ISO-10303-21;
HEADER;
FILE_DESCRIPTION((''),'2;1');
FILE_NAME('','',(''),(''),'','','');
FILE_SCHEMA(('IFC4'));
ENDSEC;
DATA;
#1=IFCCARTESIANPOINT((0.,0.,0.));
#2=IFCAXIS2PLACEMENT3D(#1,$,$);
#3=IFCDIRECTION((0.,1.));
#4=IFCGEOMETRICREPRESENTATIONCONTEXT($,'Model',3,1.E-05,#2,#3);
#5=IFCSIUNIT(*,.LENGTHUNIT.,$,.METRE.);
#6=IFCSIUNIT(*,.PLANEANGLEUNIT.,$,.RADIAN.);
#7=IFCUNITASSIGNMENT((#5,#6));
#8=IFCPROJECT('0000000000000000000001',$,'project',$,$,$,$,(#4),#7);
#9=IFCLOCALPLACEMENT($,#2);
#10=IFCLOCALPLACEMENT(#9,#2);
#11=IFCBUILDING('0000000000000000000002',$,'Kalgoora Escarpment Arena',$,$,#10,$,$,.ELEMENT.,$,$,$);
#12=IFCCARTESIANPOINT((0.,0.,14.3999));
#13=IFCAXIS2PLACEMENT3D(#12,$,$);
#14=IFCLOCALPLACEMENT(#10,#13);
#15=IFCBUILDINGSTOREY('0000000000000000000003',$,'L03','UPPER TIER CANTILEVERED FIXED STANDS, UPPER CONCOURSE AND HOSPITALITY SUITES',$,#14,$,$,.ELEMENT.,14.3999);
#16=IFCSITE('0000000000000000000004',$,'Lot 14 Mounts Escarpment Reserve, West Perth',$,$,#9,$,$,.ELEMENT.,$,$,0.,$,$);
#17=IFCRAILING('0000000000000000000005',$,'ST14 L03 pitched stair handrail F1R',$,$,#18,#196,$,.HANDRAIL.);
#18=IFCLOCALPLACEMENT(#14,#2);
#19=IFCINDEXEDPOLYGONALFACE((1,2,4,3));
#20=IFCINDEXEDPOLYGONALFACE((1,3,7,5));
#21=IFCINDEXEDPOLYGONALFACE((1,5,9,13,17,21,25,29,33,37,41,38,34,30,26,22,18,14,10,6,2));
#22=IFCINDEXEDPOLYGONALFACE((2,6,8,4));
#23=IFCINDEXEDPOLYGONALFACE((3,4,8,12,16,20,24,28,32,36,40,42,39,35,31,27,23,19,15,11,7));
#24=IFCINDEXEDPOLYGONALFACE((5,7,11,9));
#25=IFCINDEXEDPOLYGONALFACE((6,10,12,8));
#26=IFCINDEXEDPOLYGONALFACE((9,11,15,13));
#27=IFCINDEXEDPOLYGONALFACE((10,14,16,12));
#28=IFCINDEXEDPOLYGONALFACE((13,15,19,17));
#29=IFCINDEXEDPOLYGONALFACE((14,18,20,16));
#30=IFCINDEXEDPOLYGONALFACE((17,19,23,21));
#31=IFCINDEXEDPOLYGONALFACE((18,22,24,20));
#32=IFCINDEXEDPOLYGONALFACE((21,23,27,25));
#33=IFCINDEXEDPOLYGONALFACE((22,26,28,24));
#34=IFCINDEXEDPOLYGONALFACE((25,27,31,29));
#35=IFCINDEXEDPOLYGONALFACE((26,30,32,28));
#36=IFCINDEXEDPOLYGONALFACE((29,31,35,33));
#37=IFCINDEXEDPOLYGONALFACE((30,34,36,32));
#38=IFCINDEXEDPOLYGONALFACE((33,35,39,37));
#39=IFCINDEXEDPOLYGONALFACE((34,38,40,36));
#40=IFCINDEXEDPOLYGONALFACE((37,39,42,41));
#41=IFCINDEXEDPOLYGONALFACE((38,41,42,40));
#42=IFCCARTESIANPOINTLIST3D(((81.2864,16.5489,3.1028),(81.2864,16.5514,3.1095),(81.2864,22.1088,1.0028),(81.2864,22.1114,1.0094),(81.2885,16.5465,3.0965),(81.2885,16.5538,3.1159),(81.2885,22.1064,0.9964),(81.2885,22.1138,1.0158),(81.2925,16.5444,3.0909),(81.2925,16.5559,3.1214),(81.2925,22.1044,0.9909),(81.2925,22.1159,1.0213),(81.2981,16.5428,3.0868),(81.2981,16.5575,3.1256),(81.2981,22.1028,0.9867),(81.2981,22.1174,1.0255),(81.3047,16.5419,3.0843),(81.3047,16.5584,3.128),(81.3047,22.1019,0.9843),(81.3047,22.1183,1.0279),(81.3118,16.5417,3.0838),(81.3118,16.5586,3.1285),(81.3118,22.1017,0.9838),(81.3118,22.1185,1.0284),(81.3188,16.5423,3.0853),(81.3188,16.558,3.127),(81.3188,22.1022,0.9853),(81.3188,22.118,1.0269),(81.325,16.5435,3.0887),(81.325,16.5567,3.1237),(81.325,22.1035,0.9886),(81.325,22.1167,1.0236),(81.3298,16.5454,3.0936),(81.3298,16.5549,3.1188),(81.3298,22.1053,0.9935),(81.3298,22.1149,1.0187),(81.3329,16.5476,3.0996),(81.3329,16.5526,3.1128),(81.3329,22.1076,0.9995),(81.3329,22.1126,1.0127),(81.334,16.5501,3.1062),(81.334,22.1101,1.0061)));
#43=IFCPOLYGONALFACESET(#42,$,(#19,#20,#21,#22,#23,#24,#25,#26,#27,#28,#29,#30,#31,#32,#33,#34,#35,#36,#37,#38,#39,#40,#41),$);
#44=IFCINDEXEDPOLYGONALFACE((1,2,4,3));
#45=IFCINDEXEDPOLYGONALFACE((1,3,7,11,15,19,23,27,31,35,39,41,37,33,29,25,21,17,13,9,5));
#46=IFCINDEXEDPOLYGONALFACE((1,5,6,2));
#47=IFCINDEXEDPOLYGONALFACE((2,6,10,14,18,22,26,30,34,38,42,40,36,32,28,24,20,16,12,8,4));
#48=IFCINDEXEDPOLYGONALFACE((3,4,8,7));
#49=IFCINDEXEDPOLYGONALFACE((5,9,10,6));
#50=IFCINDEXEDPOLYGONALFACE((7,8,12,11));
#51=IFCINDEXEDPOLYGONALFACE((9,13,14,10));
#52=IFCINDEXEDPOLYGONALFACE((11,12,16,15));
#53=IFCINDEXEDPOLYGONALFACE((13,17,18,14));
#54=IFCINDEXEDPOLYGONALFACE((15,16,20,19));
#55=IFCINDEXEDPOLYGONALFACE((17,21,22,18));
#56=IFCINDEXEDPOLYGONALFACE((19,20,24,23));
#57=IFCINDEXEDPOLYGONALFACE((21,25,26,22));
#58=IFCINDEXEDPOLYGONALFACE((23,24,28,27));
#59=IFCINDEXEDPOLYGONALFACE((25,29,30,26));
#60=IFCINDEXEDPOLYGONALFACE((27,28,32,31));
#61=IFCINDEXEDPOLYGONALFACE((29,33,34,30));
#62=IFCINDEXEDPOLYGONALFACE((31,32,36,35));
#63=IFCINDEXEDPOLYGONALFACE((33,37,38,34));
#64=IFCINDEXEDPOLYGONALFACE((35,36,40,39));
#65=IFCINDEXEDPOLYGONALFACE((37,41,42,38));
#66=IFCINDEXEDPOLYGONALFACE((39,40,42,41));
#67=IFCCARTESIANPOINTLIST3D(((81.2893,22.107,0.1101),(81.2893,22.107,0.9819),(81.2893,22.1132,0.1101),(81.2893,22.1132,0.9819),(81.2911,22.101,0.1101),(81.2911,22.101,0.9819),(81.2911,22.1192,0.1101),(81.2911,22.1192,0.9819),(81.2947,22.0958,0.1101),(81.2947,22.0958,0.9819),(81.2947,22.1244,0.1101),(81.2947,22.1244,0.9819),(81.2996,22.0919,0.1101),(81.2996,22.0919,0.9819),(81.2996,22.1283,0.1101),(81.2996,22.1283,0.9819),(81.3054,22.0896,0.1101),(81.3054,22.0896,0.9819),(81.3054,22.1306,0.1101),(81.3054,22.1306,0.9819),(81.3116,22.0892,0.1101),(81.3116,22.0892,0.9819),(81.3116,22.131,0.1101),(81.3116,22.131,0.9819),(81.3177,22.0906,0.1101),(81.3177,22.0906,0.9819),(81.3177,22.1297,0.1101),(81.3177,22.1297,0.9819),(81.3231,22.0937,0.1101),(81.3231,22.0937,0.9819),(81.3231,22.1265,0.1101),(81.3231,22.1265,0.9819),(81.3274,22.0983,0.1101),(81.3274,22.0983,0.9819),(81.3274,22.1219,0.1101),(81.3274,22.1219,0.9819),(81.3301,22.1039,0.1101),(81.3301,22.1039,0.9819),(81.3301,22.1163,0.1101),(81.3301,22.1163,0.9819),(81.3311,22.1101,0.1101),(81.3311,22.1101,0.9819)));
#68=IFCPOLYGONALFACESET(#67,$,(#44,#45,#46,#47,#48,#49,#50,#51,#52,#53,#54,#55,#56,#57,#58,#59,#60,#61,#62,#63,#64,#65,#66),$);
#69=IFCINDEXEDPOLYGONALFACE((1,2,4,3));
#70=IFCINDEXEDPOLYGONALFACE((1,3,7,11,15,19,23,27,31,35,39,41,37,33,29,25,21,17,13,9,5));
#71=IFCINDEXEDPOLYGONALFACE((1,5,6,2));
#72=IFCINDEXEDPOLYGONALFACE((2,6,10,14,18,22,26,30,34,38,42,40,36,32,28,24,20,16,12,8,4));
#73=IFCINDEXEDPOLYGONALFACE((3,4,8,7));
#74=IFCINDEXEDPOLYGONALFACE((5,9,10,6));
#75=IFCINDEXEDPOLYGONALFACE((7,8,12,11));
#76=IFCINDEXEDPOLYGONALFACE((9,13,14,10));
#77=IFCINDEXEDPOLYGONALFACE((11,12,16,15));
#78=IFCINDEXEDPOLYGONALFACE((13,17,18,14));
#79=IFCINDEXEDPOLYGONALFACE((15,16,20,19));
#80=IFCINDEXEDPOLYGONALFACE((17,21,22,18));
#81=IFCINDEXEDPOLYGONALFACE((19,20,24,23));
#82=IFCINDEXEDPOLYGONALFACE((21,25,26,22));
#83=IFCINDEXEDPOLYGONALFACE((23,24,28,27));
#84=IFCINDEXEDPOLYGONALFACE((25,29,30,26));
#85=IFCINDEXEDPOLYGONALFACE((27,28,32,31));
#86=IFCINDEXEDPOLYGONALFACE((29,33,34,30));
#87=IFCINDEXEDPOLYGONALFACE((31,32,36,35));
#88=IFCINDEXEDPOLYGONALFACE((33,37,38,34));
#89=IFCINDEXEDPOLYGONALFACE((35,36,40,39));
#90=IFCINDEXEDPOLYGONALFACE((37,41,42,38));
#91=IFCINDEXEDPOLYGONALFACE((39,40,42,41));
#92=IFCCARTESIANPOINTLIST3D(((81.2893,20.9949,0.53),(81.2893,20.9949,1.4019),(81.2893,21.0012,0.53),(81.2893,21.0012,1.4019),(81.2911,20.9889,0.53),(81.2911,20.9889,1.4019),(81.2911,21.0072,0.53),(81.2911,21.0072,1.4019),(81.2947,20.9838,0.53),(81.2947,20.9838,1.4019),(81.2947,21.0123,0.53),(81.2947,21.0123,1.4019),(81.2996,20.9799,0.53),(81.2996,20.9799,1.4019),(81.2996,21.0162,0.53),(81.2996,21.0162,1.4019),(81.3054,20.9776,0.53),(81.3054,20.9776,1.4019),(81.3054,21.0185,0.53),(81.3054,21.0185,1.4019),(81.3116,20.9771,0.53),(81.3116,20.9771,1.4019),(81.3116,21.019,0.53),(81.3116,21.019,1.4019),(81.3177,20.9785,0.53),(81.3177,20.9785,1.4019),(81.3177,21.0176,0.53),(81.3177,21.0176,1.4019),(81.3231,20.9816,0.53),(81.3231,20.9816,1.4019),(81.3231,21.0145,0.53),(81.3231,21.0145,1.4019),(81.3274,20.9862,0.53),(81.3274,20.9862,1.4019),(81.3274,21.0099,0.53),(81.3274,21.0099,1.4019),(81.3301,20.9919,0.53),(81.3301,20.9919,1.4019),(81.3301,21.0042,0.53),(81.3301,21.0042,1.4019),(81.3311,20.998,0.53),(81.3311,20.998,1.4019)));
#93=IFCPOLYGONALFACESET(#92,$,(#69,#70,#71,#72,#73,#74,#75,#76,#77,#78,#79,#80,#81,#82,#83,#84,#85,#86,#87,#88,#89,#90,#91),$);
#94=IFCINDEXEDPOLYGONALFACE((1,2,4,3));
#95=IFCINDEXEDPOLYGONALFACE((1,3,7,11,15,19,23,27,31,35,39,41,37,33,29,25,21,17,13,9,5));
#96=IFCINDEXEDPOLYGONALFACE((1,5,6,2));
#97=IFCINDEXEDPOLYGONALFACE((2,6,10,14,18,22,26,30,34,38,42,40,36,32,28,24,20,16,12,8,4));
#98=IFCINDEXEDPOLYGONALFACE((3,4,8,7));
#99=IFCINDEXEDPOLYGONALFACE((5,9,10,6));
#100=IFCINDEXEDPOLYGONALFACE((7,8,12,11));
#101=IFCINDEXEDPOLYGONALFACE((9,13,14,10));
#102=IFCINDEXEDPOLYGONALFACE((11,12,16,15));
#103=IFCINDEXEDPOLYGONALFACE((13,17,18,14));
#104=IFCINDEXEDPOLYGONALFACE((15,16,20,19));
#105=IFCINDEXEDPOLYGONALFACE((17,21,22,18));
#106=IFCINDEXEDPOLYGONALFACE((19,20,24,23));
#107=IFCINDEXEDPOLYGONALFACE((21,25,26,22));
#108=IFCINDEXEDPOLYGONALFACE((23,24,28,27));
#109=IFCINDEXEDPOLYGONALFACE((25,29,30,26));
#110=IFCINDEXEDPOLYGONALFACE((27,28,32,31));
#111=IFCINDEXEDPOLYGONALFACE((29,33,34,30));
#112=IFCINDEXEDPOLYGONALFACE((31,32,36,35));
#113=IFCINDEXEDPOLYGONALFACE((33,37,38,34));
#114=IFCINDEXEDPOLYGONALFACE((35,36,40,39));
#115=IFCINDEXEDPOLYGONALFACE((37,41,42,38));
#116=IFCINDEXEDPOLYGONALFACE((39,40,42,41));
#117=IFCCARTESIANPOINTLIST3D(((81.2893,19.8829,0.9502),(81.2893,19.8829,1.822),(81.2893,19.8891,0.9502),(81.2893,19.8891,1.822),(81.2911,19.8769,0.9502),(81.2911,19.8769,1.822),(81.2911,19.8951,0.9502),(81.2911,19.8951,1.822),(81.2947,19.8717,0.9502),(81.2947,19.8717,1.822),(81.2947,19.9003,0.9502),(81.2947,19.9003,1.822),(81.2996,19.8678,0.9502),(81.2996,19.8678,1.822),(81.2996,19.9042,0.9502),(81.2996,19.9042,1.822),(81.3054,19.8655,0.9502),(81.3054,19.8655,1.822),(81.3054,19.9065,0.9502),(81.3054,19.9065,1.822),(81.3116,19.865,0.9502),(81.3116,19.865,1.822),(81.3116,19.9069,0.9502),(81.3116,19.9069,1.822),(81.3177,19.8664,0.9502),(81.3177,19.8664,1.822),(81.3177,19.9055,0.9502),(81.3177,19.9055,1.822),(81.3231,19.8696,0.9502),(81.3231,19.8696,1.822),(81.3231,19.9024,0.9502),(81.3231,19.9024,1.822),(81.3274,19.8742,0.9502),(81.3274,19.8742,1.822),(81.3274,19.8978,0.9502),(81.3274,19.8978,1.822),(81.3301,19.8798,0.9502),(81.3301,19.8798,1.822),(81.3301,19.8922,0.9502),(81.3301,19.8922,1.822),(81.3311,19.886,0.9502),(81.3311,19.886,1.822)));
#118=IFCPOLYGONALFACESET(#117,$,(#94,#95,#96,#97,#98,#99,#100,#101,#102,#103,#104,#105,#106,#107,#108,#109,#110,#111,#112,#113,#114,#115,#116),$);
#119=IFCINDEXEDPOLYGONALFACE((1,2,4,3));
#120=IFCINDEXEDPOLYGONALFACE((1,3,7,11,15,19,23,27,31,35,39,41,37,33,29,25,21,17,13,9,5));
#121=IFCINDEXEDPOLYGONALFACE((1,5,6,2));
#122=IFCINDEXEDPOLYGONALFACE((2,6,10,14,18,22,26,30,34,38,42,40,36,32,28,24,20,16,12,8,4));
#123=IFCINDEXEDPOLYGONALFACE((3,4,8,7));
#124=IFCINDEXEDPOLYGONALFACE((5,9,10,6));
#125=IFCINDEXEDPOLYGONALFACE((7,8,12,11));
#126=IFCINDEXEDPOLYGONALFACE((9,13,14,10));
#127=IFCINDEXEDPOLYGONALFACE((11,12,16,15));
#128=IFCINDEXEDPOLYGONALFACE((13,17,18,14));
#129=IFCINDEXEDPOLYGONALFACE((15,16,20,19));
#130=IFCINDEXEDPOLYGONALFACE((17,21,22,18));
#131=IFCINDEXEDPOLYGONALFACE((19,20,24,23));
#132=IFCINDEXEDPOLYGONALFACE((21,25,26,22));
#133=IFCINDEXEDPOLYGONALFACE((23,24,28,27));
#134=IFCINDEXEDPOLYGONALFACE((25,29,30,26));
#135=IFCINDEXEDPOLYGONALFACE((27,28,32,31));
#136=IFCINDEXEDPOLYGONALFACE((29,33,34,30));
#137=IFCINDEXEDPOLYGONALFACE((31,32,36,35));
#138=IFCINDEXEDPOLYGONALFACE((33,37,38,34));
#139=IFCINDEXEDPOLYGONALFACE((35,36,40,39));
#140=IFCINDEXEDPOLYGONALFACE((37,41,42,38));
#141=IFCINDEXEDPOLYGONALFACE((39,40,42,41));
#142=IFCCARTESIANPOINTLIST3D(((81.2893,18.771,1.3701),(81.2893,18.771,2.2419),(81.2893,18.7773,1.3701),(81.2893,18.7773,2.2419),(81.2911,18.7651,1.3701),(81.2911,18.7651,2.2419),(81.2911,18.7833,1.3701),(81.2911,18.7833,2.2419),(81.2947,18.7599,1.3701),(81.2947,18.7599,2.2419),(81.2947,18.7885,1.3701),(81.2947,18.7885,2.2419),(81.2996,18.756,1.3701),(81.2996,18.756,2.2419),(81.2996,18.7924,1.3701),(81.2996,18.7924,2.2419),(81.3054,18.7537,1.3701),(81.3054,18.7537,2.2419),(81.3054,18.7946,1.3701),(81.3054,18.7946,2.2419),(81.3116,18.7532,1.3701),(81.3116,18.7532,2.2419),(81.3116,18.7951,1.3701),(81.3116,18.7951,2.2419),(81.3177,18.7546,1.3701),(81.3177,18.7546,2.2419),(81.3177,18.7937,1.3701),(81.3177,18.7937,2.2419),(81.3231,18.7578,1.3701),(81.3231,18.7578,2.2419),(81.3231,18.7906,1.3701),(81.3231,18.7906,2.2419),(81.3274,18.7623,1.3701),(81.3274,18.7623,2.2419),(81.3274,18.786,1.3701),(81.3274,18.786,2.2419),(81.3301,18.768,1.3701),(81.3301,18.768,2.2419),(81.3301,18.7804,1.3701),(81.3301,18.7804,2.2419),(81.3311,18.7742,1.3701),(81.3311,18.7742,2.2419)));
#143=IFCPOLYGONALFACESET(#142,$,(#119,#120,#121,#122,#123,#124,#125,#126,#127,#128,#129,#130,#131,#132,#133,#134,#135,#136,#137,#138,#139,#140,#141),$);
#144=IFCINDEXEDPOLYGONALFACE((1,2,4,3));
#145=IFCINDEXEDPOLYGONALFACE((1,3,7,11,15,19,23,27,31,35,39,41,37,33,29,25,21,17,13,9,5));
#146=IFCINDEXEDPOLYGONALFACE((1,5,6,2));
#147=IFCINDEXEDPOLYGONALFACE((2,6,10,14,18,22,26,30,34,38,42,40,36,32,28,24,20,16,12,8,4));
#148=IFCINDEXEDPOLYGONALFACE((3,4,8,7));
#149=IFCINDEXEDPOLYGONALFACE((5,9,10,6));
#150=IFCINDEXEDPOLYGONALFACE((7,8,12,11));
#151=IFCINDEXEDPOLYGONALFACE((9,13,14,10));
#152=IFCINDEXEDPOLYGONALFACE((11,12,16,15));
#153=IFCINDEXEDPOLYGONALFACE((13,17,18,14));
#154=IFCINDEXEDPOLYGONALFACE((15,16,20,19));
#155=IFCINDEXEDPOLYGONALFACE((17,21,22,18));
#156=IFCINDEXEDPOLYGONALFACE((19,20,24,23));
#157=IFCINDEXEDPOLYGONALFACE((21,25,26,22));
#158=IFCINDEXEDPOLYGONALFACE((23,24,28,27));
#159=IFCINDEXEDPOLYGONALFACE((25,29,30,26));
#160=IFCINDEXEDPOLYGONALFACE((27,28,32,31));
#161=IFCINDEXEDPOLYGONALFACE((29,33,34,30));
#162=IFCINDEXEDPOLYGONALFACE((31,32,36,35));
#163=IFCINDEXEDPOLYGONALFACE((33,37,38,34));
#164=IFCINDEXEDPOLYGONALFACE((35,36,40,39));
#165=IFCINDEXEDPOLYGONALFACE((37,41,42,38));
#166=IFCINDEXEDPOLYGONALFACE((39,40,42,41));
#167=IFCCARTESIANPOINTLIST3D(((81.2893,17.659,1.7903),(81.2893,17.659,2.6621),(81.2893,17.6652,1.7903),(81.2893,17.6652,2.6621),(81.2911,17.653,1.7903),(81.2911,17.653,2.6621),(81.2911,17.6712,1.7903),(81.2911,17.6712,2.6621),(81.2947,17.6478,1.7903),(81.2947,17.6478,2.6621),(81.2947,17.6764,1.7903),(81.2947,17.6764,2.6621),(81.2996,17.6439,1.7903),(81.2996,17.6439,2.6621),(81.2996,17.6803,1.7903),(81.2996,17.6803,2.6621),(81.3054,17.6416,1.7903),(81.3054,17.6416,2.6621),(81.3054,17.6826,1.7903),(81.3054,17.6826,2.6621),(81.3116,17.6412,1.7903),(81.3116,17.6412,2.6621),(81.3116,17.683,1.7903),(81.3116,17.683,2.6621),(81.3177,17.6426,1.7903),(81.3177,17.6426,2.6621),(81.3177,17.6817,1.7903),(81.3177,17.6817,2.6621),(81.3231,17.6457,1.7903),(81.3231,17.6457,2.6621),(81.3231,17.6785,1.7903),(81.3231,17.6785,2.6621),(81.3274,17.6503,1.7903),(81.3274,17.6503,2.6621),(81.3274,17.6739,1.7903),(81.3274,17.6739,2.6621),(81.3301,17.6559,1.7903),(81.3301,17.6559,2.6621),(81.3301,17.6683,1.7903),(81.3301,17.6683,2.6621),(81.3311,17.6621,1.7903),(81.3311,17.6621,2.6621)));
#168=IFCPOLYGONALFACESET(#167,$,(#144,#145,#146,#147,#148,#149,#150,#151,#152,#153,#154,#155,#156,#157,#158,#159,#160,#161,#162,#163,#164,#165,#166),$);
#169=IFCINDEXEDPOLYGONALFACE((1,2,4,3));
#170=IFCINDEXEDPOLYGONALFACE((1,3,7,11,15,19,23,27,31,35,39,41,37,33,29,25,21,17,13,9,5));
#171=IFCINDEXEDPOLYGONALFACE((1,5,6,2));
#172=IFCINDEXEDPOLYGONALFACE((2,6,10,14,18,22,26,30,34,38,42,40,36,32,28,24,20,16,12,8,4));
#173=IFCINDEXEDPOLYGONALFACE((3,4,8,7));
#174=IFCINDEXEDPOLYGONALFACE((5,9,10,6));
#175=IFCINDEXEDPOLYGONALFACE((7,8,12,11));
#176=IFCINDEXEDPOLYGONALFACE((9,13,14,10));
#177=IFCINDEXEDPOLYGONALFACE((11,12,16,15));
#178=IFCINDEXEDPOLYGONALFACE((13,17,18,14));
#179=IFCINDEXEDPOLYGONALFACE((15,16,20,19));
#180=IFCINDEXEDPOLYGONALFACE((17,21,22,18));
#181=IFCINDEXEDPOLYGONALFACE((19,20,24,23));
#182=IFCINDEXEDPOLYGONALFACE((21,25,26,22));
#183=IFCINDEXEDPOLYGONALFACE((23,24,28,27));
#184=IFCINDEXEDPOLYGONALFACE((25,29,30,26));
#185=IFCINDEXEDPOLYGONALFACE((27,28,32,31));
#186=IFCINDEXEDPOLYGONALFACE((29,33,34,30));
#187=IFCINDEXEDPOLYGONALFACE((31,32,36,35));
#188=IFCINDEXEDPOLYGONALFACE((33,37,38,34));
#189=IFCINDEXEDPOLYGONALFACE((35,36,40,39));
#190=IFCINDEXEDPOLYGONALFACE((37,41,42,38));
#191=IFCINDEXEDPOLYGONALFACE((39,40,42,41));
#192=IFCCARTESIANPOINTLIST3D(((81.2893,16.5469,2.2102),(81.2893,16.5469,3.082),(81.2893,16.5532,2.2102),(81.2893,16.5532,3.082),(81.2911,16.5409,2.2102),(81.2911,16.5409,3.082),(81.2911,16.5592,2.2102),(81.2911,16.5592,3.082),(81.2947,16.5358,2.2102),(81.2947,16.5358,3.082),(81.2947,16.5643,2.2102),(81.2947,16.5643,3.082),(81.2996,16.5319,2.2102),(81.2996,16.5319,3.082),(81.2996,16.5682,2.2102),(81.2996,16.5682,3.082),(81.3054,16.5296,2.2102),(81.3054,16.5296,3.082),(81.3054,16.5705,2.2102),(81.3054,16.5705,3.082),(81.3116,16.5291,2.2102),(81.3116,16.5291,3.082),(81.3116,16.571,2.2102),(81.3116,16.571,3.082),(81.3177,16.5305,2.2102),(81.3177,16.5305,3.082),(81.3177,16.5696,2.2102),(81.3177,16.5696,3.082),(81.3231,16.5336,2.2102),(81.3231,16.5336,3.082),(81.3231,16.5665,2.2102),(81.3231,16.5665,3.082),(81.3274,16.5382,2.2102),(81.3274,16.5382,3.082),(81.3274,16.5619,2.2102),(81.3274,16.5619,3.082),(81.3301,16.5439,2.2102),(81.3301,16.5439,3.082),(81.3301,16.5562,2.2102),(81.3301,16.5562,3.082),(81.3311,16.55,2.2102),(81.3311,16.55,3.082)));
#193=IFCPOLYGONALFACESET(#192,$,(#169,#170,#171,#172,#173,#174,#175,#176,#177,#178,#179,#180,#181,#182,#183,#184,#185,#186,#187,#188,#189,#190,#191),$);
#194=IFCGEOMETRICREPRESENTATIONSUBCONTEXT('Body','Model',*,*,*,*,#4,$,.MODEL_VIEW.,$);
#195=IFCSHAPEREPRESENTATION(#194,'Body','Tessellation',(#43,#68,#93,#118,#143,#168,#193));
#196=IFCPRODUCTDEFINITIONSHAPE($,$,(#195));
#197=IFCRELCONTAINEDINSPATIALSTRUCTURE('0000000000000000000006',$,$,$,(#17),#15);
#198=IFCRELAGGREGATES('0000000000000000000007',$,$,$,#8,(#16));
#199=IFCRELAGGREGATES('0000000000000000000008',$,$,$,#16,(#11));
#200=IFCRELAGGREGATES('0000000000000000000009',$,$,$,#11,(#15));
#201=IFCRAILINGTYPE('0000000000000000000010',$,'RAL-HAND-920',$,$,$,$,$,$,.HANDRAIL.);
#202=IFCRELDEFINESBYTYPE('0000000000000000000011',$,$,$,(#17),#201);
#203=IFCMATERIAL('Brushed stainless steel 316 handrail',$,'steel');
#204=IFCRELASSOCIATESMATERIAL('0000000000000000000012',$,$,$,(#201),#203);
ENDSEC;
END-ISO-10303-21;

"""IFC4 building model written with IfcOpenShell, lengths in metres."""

from ifc_helpers import new_model, si_unit, direction, frame, origin, origin_2d, place, context, subcontext, project, spatial, circle, extrude, material, type_object, element, save


model = new_model("IFC4")

# Units and contexts
model_context = context("Model", 3, precision=1e-05, world=origin(), true_north=direction((0.0, 1.0)))
body_context = subcontext(model_context, "Body", "Model", "MODEL_VIEW")
ifc_project = project(units=[si_unit("LENGTHUNIT", "METRE"), si_unit("PLANEANGLEUNIT", "RADIAN")], contexts=[model_context])

# Site, building, storey
site_placement = place(None, origin())
site = spatial("IfcSite", under=ifc_project, at=site_placement, Name="Lot 14 Mounts Escarpment Reserve, West Perth", CompositionType="ELEMENT", RefElevation=0.0)
building_placement = place(site_placement, origin())
building = spatial("IfcBuilding", under=site, at=building_placement, Name="Kalgoora Escarpment Arena", CompositionType="ELEMENT")
storey_placement = place(building_placement, frame((0.0, 0.0, 14.3999)))
storey = spatial("IfcBuildingStorey", under=building, at=storey_placement, Name="L03", Description="UPPER TIER CANTILEVERED FIXED STANDS, UPPER CONCOURSE AND HOSPITALITY SUITES", CompositionType="ELEMENT", Elevation=14.3999)

# Railing
ifc_material_1 = material(Name="Brushed stainless steel 316 handrail", Category="steel")
railing_type_1 = type_object("IfcRailingType", Name="RAL-HAND-920", PredefinedType="HANDRAIL", material=ifc_material_1)
for number, where, name in (
    (1, (81.3101, 22.1101, 0.1101), "ST14 L03 pitched stair handrail F1R"),
):
    element("IfcRailing", number, at=place(storey_placement, frame(where)), inside=storey, type_object=railing_type_1, Name=name, PredefinedType="HANDRAIL", context=body_context, shape_type="SweptSolid", body=[
        extrude(circle(Radius=0.0239, at=origin_2d()), frame((0.0, 0.0, 0.896), z_axis=(0.0, -0.935493, 0.353346), x_axis=(1.0, 0.0, 0.0)), (0.0, 0.0, 1.0), 5.9434),
        extrude(circle(Radius=0.021, at=origin_2d()), origin(), (0.0, 0.0, 1.0), 0.8718),
        extrude(circle(Radius=0.021, at=origin_2d()), frame((0.0, -1.1121, 0.4199)), (0.0, 0.0, 1.0), 0.8718),
        extrude(circle(Radius=0.021, at=origin_2d()), frame((0.0, -2.2241, 0.8401)), (0.0, 0.0, 1.0), 0.8718),
        extrude(circle(Radius=0.021, at=origin_2d()), frame((0.0, -3.3359, 1.26)), (0.0, 0.0, 1.0), 0.8718),
        extrude(circle(Radius=0.021, at=origin_2d()), frame((0.0, -4.448, 1.6802)), (0.0, 0.0, 1.0), 0.8718),
        extrude(circle(Radius=0.021, at=origin_2d()), frame((0.0, -5.5601, 2.1001)), (0.0, 0.0, 1.0), 0.8718),
    ])

save(model, "model.ifc")
